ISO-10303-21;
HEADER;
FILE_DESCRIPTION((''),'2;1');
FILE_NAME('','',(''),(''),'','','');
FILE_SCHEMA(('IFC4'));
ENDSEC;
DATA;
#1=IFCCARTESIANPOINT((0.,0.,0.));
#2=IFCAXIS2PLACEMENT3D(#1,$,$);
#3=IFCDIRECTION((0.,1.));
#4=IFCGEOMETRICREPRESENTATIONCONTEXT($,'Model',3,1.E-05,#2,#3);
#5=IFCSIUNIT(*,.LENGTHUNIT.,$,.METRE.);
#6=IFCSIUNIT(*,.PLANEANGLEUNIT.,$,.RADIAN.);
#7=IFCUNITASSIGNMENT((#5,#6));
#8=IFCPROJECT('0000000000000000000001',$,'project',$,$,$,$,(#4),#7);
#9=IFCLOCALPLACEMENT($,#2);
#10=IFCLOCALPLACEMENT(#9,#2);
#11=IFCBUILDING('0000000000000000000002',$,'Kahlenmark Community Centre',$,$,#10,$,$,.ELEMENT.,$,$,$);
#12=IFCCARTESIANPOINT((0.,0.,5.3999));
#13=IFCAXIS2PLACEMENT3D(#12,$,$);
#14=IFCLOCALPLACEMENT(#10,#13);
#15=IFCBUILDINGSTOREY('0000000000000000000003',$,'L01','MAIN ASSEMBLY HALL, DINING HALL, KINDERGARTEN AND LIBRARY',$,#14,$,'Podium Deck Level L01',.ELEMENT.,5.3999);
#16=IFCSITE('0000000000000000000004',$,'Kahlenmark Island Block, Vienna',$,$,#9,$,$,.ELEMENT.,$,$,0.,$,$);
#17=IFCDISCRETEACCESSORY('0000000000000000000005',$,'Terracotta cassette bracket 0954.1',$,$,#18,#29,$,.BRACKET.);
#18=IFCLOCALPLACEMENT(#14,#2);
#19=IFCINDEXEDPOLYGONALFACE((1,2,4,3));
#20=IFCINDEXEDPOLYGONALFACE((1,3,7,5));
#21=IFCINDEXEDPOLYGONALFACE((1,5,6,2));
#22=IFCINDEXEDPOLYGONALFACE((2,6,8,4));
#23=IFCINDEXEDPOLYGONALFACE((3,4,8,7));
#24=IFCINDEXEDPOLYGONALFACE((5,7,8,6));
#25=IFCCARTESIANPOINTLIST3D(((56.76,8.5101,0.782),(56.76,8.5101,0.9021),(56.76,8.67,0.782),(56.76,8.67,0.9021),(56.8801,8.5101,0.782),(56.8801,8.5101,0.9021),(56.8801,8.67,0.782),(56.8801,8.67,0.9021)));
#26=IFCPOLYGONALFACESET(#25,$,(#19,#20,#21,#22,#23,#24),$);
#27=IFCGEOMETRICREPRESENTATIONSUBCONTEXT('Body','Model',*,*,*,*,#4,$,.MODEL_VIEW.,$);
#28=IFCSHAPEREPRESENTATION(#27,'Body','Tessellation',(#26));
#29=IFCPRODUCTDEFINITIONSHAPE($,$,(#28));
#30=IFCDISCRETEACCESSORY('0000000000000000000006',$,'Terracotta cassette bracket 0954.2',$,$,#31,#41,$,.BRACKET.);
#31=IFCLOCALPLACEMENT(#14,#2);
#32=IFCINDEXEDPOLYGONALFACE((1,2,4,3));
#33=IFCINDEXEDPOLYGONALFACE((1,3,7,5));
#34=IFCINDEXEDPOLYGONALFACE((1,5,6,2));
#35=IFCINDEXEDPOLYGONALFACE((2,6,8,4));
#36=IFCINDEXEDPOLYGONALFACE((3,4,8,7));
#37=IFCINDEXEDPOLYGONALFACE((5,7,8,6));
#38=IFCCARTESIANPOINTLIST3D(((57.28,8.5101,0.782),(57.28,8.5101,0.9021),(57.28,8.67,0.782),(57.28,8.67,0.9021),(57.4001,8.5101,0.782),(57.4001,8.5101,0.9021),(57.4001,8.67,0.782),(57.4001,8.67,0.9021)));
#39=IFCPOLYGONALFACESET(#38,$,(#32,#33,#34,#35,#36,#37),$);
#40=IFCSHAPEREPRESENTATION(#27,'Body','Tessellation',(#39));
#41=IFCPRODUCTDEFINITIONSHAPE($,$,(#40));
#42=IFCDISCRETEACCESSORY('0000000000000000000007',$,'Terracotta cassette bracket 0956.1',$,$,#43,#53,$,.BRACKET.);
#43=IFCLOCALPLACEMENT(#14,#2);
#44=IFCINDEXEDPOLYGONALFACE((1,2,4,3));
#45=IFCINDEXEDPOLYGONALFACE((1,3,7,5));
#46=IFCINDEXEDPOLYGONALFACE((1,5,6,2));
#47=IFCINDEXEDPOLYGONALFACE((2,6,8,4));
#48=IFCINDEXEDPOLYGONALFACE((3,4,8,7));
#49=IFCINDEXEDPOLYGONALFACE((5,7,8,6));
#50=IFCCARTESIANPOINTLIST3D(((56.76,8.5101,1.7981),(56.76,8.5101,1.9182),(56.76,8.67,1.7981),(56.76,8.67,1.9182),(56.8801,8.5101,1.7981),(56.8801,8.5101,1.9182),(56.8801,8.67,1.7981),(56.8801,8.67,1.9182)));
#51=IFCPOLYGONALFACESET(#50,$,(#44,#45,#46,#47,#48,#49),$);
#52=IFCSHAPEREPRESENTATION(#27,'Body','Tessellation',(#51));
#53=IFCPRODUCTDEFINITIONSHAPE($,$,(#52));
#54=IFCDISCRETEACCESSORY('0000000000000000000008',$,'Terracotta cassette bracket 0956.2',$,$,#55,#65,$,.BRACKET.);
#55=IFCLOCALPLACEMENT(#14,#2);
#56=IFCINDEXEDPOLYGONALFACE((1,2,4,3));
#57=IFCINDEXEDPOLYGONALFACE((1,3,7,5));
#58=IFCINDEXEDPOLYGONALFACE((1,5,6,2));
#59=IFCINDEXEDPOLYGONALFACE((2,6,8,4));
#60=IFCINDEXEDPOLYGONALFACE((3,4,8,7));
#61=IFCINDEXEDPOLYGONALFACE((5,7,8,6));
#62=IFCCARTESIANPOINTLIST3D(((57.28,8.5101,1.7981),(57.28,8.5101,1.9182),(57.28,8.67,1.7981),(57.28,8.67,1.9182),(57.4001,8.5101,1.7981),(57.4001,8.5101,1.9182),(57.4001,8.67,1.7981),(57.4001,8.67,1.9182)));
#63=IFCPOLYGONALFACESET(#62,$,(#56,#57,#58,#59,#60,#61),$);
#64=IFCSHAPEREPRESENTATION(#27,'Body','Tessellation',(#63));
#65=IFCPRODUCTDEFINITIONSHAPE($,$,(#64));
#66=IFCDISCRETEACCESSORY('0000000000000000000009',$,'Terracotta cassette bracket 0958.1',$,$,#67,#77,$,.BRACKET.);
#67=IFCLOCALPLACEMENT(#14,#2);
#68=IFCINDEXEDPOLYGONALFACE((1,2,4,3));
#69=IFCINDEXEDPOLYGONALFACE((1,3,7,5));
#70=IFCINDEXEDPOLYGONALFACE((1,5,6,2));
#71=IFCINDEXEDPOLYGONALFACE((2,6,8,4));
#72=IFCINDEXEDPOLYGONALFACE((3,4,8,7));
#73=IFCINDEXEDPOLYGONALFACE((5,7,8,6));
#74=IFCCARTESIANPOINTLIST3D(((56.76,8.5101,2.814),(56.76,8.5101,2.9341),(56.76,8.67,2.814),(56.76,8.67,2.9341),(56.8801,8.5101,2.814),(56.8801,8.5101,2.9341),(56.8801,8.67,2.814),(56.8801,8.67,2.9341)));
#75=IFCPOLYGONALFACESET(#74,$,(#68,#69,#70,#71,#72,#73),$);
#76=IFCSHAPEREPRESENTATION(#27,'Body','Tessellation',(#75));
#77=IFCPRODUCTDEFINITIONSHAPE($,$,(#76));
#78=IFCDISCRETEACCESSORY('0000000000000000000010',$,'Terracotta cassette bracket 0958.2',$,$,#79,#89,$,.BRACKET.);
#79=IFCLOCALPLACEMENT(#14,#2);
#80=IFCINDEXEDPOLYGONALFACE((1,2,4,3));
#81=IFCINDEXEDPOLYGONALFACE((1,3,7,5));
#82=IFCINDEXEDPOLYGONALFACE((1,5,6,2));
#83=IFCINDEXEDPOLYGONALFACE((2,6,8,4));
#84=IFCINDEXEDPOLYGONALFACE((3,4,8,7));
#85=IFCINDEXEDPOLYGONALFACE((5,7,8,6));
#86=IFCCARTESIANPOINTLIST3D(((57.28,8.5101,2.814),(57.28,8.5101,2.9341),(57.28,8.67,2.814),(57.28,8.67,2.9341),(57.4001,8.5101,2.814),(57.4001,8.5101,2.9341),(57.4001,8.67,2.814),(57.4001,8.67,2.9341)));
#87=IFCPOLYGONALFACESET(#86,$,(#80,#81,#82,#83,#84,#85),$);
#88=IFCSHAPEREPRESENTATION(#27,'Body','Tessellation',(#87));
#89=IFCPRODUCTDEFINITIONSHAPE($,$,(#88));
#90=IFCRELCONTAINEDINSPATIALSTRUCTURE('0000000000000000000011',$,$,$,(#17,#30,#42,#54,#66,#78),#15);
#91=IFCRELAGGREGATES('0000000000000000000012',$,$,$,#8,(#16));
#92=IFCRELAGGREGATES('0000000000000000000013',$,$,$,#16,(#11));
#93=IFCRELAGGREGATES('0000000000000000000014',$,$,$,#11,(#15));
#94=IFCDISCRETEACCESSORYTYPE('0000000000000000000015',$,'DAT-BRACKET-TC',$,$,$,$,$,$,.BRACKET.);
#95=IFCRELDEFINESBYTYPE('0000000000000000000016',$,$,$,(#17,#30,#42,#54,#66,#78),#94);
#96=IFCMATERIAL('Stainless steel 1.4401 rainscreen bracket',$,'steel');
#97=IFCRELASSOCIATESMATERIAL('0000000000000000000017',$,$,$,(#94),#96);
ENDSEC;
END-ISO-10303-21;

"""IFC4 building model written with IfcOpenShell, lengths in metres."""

from ifc_helpers import new_model, si_unit, direction, frame, origin, origin_2d, place, context, subcontext, project, spatial, rectangle, extrude, material, type_object, element, save


model = new_model("IFC4")

# Units and contexts
model_context = context("Model", 3, precision=1e-05, world=origin(), true_north=direction((0.0, 1.0)))
body_context = subcontext(model_context, "Body", "Model", "MODEL_VIEW")
ifc_project = project(units=[si_unit("LENGTHUNIT", "METRE"), si_unit("PLANEANGLEUNIT", "RADIAN")], contexts=[model_context])

# Site, building, storey
site_placement = place(None, origin())
site = spatial("IfcSite", under=ifc_project, at=site_placement, Name="Kahlenmark Island Block, Vienna", CompositionType="ELEMENT", RefElevation=0.0)
building_placement = place(site_placement, origin())
building = spatial("IfcBuilding", under=site, at=building_placement, Name="Kahlenmark Community Centre", CompositionType="ELEMENT")
storey_placement = place(building_placement, frame((0.0, 0.0, 5.3999)))
storey = spatial("IfcBuildingStorey", under=building, at=storey_placement, Name="L01", Description="MAIN ASSEMBLY HALL, DINING HALL, KINDERGARTEN AND LIBRARY", LongName="Podium Deck Level L01", CompositionType="ELEMENT", Elevation=5.3999)

# Discrete accessories
ifc_material_1 = material(Name="Stainless steel 1.4401 rainscreen bracket", Category="steel")
discrete_accessory_type = type_object("IfcDiscreteAccessoryType", Name="DAT-BRACKET-TC", PredefinedType="BRACKET", material=ifc_material_1)
for number, where, z_axis, x_axis, name in (
    (1, (56.8201, 8.5901, 0.782), (0.0, 0.0, 1.0), (1.0, 0.0, 0.0), "Terracotta cassette bracket 0954.1"),
    (2, (57.3401, 8.5901, 0.782), (0.0, 0.0, 1.0), (1.0, 0.0, 0.0), "Terracotta cassette bracket 0954.2"),
    (3, (56.8201, 8.5901, 1.7981), (0.0, 0.0, 1.0), (1.0, 0.0, 0.0), "Terracotta cassette bracket 0956.1"),
    (4, (57.3401, 8.5901, 1.7981), (0.0, 0.0, 1.0), (1.0, 0.0, 0.0), "Terracotta cassette bracket 0956.2"),
    (5, (56.8201, 8.5901, 2.814), (0.0, 0.0, 1.0), (1.0, 0.0, 0.0), "Terracotta cassette bracket 0958.1"),
    (6, (57.3401, 8.5901, 2.814), (0.0, 0.0, 1.0), (1.0, 0.0, 0.0), "Terracotta cassette bracket 0958.2"),
):
    element("IfcDiscreteAccessory", number, at=place(storey_placement, frame(where, z_axis=z_axis, x_axis=x_axis)), inside=storey, type_object=discrete_accessory_type, Name=name, PredefinedType="BRACKET", context=body_context, shape_type="SweptSolid", body=[
        extrude(rectangle(XDim=0.1201, YDim=0.1599, at=origin_2d()), origin(), (0.0, 0.0, 1.0), 0.1201),
    ])

save(model, "model.ifc")
